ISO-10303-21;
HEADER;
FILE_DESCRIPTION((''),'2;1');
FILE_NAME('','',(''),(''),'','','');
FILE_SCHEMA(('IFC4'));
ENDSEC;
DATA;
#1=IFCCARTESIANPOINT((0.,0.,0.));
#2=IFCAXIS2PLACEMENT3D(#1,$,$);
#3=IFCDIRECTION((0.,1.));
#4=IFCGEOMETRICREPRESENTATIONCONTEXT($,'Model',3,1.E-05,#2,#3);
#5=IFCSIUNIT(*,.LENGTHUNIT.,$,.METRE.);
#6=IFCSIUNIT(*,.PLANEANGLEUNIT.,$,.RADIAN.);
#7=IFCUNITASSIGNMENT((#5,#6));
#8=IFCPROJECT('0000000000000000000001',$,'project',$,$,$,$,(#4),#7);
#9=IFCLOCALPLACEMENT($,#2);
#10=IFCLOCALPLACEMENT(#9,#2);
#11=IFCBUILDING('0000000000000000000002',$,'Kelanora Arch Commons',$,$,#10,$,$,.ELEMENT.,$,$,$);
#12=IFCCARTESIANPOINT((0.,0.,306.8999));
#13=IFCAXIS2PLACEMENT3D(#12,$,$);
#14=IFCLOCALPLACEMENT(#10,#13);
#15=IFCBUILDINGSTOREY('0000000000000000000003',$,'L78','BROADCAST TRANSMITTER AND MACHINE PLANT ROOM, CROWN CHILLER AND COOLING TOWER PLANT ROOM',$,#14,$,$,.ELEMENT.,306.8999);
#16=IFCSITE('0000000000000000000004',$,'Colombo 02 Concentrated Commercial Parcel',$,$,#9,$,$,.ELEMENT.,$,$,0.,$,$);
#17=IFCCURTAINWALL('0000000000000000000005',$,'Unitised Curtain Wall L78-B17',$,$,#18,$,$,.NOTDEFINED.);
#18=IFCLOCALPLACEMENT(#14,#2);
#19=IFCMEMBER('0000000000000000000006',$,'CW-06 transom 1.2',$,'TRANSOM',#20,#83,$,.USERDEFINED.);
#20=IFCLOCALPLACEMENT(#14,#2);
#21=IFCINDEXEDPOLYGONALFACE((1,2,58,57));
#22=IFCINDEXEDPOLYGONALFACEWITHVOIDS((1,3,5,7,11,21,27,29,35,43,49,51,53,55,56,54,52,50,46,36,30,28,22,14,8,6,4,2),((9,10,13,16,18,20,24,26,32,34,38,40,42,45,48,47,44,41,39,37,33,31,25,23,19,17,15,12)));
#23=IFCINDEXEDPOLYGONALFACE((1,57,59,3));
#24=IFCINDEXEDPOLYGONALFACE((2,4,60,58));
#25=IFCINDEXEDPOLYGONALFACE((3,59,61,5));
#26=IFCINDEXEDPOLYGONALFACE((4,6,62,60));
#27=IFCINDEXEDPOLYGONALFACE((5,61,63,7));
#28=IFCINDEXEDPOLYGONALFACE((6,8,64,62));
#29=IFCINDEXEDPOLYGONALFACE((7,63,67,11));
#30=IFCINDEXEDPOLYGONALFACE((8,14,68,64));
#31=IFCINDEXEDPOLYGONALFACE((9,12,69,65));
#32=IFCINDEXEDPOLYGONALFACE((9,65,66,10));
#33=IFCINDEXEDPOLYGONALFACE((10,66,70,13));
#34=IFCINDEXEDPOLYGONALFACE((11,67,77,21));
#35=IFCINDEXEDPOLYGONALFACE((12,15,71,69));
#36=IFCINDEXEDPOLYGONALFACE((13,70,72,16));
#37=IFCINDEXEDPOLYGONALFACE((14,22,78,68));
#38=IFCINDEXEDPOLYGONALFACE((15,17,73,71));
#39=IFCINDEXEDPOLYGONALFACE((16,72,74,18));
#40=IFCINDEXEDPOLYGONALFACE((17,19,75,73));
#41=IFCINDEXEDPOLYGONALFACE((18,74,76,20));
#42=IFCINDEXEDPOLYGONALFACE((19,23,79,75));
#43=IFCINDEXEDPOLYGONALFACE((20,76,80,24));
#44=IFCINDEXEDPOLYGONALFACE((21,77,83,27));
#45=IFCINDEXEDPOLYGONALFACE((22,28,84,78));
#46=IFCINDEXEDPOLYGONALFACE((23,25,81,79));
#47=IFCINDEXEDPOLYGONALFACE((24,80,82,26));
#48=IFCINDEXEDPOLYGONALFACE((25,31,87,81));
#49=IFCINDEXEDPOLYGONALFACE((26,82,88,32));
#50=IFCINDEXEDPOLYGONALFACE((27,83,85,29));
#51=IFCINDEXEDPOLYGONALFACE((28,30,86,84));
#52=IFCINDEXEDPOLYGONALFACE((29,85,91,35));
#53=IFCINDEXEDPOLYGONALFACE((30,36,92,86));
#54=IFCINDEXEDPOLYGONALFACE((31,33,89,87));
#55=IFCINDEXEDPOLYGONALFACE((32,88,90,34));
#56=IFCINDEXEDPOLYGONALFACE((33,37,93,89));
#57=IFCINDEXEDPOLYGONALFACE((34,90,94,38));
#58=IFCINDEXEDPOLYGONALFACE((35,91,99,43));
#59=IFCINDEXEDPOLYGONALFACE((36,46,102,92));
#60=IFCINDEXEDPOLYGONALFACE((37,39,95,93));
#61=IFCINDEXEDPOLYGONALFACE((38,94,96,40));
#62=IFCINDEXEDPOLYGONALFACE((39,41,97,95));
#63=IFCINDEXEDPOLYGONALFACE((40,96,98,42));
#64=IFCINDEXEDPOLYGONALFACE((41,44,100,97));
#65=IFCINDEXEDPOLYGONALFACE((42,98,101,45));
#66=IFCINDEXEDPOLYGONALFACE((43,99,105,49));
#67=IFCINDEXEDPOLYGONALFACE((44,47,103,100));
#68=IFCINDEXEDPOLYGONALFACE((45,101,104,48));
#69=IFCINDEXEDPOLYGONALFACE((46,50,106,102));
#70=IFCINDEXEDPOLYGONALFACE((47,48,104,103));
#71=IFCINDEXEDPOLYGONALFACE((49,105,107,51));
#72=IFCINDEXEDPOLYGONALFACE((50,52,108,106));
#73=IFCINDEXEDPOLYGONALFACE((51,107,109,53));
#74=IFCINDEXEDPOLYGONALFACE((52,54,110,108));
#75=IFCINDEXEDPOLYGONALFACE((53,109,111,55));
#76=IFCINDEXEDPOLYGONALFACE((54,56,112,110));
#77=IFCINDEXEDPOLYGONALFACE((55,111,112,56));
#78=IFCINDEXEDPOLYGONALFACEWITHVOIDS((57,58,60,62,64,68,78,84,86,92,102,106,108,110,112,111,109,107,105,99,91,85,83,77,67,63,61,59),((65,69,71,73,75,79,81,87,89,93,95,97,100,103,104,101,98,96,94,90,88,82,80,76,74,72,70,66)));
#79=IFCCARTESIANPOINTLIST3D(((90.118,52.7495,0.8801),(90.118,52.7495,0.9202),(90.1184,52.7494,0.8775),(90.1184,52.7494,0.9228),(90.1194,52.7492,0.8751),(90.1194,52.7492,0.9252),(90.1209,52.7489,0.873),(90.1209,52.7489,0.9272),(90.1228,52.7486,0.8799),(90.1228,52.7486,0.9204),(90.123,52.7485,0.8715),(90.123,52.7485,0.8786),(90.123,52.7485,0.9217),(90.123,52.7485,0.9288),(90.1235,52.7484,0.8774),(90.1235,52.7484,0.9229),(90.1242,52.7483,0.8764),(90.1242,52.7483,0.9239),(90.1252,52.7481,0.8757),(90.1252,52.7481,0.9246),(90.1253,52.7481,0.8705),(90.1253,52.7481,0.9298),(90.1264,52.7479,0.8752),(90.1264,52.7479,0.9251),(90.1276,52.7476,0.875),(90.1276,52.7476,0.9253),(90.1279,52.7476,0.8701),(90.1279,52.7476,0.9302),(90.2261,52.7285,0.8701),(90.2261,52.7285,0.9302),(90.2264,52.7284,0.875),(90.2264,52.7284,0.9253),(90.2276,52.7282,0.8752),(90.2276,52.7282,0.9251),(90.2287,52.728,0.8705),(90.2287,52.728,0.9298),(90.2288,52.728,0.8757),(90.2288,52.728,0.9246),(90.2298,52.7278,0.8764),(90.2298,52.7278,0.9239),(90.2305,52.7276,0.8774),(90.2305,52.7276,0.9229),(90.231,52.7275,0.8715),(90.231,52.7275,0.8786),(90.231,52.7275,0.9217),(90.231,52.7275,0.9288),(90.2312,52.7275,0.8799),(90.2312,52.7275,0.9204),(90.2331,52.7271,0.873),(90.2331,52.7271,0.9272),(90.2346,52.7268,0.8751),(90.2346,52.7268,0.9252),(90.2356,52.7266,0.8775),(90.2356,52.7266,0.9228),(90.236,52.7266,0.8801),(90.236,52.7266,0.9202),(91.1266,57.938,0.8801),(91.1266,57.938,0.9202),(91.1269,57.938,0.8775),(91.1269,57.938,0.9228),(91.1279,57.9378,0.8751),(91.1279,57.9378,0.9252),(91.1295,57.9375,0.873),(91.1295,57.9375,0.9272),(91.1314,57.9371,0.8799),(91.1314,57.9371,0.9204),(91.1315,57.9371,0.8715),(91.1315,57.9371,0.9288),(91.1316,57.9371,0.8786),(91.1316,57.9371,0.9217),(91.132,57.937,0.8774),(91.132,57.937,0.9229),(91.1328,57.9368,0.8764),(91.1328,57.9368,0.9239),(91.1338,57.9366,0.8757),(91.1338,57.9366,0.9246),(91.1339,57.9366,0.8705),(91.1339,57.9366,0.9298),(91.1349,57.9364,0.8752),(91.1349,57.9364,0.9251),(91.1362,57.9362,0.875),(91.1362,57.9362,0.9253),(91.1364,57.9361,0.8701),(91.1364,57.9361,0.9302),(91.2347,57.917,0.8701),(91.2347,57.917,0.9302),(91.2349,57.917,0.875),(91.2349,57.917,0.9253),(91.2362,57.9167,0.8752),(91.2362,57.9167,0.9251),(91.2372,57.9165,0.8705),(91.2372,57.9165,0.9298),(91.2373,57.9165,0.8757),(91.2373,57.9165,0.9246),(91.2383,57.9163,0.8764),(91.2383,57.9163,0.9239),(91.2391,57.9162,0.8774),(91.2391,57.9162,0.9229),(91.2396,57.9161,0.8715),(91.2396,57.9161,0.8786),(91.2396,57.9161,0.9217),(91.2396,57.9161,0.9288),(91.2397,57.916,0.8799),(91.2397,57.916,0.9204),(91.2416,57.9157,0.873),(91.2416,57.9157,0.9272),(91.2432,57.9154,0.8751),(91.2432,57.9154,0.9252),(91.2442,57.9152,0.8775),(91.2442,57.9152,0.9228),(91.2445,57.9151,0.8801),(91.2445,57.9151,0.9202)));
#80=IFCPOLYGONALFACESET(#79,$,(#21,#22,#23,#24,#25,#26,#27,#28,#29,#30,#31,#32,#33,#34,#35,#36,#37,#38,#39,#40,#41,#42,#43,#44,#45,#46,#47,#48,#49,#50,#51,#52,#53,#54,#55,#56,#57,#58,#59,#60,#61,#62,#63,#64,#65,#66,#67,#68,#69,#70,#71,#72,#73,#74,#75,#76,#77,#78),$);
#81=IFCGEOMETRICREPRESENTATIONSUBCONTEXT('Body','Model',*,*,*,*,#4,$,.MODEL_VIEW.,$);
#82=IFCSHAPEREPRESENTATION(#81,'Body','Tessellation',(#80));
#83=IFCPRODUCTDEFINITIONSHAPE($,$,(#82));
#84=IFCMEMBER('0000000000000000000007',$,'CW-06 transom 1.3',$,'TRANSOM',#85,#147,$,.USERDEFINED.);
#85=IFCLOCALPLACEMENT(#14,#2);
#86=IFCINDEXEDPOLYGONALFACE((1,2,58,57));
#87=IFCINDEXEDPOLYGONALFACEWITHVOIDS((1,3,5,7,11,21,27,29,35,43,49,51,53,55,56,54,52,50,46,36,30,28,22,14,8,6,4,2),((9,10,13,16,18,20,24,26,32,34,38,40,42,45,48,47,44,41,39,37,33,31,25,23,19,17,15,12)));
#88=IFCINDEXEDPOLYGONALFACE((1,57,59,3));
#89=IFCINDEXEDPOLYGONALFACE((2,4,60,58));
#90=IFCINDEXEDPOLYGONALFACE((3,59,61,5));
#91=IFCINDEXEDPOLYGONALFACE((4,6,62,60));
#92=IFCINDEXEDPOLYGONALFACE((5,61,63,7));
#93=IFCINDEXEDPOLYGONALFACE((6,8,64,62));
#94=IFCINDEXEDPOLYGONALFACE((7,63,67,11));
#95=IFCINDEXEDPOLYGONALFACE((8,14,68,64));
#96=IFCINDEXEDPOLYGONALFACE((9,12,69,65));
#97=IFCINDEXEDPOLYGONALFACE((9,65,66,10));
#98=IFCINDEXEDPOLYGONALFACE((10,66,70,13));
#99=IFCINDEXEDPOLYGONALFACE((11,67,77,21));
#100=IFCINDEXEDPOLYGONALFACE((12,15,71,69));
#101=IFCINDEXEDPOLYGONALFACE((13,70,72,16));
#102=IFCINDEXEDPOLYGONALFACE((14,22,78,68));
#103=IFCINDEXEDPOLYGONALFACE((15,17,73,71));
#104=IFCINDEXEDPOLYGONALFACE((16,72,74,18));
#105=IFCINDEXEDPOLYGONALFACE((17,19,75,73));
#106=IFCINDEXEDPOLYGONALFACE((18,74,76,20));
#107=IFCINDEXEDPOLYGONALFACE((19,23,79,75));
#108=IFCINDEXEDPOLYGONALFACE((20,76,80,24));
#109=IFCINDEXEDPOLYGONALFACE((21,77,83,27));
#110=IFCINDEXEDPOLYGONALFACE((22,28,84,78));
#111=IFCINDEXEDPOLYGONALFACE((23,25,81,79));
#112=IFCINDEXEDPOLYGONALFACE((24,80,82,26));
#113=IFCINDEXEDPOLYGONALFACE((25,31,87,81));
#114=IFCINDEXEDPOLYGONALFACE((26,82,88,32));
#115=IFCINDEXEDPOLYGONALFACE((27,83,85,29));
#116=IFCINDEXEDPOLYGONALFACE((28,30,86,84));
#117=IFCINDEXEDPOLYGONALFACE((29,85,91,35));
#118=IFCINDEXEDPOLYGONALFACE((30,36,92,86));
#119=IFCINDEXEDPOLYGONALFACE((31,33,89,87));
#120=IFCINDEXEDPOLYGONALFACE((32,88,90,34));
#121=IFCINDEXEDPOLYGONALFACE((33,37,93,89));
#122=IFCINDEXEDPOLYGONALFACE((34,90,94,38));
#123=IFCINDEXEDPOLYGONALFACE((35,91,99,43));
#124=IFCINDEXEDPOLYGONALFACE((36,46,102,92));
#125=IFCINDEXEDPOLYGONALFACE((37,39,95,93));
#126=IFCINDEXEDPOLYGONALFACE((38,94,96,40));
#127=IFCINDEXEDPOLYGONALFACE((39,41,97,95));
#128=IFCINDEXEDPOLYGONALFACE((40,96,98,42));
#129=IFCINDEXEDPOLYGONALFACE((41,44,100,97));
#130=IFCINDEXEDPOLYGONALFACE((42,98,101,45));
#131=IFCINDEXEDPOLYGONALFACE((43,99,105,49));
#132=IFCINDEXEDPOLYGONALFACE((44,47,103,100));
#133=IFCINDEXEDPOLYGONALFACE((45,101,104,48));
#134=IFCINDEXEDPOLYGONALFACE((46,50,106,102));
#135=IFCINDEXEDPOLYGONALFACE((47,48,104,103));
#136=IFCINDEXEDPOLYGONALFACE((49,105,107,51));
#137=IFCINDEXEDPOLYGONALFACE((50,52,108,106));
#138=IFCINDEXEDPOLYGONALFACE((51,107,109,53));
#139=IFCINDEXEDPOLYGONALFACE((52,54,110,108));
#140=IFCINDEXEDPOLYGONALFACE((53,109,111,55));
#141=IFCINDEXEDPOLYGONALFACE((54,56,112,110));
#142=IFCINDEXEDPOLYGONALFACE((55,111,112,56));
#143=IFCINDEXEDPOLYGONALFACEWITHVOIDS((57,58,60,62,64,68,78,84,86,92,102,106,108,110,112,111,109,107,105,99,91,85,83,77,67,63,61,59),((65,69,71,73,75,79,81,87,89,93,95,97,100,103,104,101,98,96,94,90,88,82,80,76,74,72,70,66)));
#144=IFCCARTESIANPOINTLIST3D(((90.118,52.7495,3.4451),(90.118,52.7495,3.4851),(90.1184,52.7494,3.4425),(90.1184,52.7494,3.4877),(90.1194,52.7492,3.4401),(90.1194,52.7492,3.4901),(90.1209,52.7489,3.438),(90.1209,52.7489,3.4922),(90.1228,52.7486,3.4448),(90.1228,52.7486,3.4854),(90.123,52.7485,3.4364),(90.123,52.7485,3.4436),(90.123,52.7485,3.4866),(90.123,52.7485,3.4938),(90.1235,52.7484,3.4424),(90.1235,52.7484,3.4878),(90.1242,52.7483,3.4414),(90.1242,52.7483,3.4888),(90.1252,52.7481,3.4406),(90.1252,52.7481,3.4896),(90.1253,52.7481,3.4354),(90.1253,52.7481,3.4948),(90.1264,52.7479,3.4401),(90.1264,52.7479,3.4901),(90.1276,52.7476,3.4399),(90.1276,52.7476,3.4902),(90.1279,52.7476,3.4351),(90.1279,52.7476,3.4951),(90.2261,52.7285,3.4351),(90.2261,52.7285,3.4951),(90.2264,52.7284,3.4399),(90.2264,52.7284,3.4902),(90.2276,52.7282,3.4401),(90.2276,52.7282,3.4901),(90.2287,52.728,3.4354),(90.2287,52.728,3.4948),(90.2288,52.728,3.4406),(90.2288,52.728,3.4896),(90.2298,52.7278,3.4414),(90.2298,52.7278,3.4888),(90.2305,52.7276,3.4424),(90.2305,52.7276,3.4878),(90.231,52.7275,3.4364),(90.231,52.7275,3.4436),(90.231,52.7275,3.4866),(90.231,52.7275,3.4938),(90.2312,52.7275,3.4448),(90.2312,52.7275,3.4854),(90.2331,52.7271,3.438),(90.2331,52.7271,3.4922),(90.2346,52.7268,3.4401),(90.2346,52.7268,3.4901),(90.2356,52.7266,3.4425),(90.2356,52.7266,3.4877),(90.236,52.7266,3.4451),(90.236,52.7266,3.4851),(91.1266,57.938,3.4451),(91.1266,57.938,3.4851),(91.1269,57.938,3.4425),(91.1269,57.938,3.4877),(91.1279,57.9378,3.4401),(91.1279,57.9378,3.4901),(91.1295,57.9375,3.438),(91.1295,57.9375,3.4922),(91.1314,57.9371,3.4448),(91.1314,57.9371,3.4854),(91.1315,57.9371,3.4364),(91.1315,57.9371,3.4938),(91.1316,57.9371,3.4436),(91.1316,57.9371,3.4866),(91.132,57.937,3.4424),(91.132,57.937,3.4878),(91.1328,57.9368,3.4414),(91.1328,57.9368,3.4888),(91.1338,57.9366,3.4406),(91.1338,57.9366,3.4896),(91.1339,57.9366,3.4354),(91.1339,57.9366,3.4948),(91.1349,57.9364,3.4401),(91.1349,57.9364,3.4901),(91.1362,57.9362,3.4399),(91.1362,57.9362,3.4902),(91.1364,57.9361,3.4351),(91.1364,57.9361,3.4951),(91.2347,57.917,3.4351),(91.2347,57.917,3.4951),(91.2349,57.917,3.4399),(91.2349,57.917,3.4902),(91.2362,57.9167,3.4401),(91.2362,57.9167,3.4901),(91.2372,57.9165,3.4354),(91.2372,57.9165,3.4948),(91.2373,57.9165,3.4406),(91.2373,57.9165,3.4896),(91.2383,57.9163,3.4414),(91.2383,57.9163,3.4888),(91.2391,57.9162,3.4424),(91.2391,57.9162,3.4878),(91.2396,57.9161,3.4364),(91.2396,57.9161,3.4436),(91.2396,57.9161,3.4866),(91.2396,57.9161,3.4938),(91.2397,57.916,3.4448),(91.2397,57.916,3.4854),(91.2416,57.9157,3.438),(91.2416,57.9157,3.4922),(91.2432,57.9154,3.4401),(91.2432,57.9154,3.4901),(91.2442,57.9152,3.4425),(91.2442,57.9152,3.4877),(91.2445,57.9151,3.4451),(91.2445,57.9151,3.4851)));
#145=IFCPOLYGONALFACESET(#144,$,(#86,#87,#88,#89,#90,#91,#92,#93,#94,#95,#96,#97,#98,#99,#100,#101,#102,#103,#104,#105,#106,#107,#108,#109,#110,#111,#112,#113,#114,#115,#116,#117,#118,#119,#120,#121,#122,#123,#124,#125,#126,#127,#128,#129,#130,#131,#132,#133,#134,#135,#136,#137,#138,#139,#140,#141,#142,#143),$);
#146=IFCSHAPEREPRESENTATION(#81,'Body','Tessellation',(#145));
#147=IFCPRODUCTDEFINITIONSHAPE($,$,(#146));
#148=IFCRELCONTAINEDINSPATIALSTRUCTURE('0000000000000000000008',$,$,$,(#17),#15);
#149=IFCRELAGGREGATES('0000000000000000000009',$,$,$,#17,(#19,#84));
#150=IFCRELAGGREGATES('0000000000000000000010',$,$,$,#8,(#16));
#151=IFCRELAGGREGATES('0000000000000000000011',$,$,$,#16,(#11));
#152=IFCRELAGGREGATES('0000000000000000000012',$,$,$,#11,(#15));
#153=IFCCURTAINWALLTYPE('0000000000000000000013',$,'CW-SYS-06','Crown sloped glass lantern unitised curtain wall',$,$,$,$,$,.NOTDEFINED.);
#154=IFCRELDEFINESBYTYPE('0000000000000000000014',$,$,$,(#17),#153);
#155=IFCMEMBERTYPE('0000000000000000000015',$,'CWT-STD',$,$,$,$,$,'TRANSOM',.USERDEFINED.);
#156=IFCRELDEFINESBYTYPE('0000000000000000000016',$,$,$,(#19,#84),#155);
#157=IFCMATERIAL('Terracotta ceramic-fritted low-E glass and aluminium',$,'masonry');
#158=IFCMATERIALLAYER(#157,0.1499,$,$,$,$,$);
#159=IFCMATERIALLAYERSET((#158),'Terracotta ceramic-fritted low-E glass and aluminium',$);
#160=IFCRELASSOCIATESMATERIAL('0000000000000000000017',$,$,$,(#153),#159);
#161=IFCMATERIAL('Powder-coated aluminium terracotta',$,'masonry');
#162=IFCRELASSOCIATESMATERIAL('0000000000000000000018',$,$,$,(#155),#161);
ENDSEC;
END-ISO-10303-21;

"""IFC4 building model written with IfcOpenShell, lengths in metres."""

from ifc_helpers import new_model, si_unit, direction, frame, origin, origin_2d, place, context, subcontext, project, spatial, hollow_rectangle, extrude, material, layer, layer_set, material_profile, profile_set, type_object, element, aggregate, save


model = new_model("IFC4")

# Units and contexts
model_context = context("Model", 3, precision=1e-05, world=origin(), true_north=direction((0.0, 1.0)))
body_context = subcontext(model_context, "Body", "Model", "MODEL_VIEW")
ifc_project = project(units=[si_unit("LENGTHUNIT", "METRE"), si_unit("PLANEANGLEUNIT", "RADIAN")], contexts=[model_context])

# Site, building, storey
site_placement = place(None, origin())
site = spatial("IfcSite", under=ifc_project, at=site_placement, Name="Colombo 02 Concentrated Commercial Parcel", CompositionType="ELEMENT", RefElevation=0.0)
building_placement = place(site_placement, origin())
building = spatial("IfcBuilding", under=site, at=building_placement, Name="Kelanora Arch Commons", CompositionType="ELEMENT")
storey_placement = place(building_placement, frame((0.0, 0.0, 306.8999)))
storey = spatial("IfcBuildingStorey", under=building, at=storey_placement, Name="L78", Description="BROADCAST TRANSMITTER AND MACHINE PLANT ROOM, CROWN CHILLER AND COOLING TOWER PLANT ROOM", CompositionType="ELEMENT", Elevation=306.8999)

# Shared definitions
ifc_material_1 = material(Name="Terracotta ceramic-fritted low-E glass and aluminium", Category="masonry")
ifc_layer_1 = layer(ifc_material_1, 0.1499)
ifc_layer_set_1 = layer_set([ifc_layer_1], Name="Terracotta ceramic-fritted low-E glass and aluminium")
curtain_wall_type = type_object("IfcCurtainWallType", Name="CW-SYS-06", Description="Crown sloped glass lantern unitised curtain wall", PredefinedType="NOTDEFINED", material=ifc_layer_set_1)
ifc_material_2 = material(Name="Powder-coated aluminium terracotta", Category="masonry")

# Curtain wall, members
curtain_wall_1_placement = place(storey_placement, origin())
curtain_wall_1 = element("IfcCurtainWall", 1, at=curtain_wall_1_placement, inside=storey, type_object=curtain_wall_type, Name="Unitised Curtain Wall L78-B17", PredefinedType="NOTDEFINED")
ifc_material_profile_1 = material_profile(ifc_material_2, hollow_rectangle(XDim=0.1201, YDim=0.0601, WallThickness=0.0049, InnerFilletRadius=0.0049, OuterFilletRadius=0.01, at=origin_2d()), Name="CWT120x60")
ifc_profile_set_1 = profile_set([ifc_material_profile_1], Name="Powder-coated aluminium terracotta")
member_type_1 = type_object("IfcMemberType", Name="CWT-STD", ElementType="TRANSOM", PredefinedType="USERDEFINED", material=ifc_profile_set_1)
member_1_placement = place(storey_placement, frame((90.177, 52.738, 0.9001), z_axis=(0.19081, 0.981627, 0.0), x_axis=(-0.981627, 0.19081, 0.0)))
member_1 = element("IfcMember", 2, at=member_1_placement, type_object=member_type_1, Name="CW-06 transom 1.2", ObjectType="TRANSOM", PredefinedType="USERDEFINED", context=body_context, shape_type="SweptSolid", body=[
    extrude(hollow_rectangle(XDim=0.1201, YDim=0.0601, WallThickness=0.0049, InnerFilletRadius=0.0049, OuterFilletRadius=0.01, at=origin_2d()), origin(), (0.0, 0.0, 1.0), 5.2856),
])
member_2_placement = place(storey_placement, frame((90.177, 52.738, 3.4651), z_axis=(0.19081, 0.981627, 0.0), x_axis=(-0.981627, 0.19081, 0.0)))
member_2 = element("IfcMember", 3, at=member_2_placement, type_object=member_type_1, Name="CW-06 transom 1.3", ObjectType="TRANSOM", PredefinedType="USERDEFINED", context=body_context, shape_type="SweptSolid", body=[
    extrude(hollow_rectangle(XDim=0.1201, YDim=0.0601, WallThickness=0.0049, InnerFilletRadius=0.0049, OuterFilletRadius=0.01, at=origin_2d()), origin(), (0.0, 0.0, 1.0), 5.2856),
])

aggregate(curtain_wall_1, [member_1, member_2])

save(model, "model.ifc")
